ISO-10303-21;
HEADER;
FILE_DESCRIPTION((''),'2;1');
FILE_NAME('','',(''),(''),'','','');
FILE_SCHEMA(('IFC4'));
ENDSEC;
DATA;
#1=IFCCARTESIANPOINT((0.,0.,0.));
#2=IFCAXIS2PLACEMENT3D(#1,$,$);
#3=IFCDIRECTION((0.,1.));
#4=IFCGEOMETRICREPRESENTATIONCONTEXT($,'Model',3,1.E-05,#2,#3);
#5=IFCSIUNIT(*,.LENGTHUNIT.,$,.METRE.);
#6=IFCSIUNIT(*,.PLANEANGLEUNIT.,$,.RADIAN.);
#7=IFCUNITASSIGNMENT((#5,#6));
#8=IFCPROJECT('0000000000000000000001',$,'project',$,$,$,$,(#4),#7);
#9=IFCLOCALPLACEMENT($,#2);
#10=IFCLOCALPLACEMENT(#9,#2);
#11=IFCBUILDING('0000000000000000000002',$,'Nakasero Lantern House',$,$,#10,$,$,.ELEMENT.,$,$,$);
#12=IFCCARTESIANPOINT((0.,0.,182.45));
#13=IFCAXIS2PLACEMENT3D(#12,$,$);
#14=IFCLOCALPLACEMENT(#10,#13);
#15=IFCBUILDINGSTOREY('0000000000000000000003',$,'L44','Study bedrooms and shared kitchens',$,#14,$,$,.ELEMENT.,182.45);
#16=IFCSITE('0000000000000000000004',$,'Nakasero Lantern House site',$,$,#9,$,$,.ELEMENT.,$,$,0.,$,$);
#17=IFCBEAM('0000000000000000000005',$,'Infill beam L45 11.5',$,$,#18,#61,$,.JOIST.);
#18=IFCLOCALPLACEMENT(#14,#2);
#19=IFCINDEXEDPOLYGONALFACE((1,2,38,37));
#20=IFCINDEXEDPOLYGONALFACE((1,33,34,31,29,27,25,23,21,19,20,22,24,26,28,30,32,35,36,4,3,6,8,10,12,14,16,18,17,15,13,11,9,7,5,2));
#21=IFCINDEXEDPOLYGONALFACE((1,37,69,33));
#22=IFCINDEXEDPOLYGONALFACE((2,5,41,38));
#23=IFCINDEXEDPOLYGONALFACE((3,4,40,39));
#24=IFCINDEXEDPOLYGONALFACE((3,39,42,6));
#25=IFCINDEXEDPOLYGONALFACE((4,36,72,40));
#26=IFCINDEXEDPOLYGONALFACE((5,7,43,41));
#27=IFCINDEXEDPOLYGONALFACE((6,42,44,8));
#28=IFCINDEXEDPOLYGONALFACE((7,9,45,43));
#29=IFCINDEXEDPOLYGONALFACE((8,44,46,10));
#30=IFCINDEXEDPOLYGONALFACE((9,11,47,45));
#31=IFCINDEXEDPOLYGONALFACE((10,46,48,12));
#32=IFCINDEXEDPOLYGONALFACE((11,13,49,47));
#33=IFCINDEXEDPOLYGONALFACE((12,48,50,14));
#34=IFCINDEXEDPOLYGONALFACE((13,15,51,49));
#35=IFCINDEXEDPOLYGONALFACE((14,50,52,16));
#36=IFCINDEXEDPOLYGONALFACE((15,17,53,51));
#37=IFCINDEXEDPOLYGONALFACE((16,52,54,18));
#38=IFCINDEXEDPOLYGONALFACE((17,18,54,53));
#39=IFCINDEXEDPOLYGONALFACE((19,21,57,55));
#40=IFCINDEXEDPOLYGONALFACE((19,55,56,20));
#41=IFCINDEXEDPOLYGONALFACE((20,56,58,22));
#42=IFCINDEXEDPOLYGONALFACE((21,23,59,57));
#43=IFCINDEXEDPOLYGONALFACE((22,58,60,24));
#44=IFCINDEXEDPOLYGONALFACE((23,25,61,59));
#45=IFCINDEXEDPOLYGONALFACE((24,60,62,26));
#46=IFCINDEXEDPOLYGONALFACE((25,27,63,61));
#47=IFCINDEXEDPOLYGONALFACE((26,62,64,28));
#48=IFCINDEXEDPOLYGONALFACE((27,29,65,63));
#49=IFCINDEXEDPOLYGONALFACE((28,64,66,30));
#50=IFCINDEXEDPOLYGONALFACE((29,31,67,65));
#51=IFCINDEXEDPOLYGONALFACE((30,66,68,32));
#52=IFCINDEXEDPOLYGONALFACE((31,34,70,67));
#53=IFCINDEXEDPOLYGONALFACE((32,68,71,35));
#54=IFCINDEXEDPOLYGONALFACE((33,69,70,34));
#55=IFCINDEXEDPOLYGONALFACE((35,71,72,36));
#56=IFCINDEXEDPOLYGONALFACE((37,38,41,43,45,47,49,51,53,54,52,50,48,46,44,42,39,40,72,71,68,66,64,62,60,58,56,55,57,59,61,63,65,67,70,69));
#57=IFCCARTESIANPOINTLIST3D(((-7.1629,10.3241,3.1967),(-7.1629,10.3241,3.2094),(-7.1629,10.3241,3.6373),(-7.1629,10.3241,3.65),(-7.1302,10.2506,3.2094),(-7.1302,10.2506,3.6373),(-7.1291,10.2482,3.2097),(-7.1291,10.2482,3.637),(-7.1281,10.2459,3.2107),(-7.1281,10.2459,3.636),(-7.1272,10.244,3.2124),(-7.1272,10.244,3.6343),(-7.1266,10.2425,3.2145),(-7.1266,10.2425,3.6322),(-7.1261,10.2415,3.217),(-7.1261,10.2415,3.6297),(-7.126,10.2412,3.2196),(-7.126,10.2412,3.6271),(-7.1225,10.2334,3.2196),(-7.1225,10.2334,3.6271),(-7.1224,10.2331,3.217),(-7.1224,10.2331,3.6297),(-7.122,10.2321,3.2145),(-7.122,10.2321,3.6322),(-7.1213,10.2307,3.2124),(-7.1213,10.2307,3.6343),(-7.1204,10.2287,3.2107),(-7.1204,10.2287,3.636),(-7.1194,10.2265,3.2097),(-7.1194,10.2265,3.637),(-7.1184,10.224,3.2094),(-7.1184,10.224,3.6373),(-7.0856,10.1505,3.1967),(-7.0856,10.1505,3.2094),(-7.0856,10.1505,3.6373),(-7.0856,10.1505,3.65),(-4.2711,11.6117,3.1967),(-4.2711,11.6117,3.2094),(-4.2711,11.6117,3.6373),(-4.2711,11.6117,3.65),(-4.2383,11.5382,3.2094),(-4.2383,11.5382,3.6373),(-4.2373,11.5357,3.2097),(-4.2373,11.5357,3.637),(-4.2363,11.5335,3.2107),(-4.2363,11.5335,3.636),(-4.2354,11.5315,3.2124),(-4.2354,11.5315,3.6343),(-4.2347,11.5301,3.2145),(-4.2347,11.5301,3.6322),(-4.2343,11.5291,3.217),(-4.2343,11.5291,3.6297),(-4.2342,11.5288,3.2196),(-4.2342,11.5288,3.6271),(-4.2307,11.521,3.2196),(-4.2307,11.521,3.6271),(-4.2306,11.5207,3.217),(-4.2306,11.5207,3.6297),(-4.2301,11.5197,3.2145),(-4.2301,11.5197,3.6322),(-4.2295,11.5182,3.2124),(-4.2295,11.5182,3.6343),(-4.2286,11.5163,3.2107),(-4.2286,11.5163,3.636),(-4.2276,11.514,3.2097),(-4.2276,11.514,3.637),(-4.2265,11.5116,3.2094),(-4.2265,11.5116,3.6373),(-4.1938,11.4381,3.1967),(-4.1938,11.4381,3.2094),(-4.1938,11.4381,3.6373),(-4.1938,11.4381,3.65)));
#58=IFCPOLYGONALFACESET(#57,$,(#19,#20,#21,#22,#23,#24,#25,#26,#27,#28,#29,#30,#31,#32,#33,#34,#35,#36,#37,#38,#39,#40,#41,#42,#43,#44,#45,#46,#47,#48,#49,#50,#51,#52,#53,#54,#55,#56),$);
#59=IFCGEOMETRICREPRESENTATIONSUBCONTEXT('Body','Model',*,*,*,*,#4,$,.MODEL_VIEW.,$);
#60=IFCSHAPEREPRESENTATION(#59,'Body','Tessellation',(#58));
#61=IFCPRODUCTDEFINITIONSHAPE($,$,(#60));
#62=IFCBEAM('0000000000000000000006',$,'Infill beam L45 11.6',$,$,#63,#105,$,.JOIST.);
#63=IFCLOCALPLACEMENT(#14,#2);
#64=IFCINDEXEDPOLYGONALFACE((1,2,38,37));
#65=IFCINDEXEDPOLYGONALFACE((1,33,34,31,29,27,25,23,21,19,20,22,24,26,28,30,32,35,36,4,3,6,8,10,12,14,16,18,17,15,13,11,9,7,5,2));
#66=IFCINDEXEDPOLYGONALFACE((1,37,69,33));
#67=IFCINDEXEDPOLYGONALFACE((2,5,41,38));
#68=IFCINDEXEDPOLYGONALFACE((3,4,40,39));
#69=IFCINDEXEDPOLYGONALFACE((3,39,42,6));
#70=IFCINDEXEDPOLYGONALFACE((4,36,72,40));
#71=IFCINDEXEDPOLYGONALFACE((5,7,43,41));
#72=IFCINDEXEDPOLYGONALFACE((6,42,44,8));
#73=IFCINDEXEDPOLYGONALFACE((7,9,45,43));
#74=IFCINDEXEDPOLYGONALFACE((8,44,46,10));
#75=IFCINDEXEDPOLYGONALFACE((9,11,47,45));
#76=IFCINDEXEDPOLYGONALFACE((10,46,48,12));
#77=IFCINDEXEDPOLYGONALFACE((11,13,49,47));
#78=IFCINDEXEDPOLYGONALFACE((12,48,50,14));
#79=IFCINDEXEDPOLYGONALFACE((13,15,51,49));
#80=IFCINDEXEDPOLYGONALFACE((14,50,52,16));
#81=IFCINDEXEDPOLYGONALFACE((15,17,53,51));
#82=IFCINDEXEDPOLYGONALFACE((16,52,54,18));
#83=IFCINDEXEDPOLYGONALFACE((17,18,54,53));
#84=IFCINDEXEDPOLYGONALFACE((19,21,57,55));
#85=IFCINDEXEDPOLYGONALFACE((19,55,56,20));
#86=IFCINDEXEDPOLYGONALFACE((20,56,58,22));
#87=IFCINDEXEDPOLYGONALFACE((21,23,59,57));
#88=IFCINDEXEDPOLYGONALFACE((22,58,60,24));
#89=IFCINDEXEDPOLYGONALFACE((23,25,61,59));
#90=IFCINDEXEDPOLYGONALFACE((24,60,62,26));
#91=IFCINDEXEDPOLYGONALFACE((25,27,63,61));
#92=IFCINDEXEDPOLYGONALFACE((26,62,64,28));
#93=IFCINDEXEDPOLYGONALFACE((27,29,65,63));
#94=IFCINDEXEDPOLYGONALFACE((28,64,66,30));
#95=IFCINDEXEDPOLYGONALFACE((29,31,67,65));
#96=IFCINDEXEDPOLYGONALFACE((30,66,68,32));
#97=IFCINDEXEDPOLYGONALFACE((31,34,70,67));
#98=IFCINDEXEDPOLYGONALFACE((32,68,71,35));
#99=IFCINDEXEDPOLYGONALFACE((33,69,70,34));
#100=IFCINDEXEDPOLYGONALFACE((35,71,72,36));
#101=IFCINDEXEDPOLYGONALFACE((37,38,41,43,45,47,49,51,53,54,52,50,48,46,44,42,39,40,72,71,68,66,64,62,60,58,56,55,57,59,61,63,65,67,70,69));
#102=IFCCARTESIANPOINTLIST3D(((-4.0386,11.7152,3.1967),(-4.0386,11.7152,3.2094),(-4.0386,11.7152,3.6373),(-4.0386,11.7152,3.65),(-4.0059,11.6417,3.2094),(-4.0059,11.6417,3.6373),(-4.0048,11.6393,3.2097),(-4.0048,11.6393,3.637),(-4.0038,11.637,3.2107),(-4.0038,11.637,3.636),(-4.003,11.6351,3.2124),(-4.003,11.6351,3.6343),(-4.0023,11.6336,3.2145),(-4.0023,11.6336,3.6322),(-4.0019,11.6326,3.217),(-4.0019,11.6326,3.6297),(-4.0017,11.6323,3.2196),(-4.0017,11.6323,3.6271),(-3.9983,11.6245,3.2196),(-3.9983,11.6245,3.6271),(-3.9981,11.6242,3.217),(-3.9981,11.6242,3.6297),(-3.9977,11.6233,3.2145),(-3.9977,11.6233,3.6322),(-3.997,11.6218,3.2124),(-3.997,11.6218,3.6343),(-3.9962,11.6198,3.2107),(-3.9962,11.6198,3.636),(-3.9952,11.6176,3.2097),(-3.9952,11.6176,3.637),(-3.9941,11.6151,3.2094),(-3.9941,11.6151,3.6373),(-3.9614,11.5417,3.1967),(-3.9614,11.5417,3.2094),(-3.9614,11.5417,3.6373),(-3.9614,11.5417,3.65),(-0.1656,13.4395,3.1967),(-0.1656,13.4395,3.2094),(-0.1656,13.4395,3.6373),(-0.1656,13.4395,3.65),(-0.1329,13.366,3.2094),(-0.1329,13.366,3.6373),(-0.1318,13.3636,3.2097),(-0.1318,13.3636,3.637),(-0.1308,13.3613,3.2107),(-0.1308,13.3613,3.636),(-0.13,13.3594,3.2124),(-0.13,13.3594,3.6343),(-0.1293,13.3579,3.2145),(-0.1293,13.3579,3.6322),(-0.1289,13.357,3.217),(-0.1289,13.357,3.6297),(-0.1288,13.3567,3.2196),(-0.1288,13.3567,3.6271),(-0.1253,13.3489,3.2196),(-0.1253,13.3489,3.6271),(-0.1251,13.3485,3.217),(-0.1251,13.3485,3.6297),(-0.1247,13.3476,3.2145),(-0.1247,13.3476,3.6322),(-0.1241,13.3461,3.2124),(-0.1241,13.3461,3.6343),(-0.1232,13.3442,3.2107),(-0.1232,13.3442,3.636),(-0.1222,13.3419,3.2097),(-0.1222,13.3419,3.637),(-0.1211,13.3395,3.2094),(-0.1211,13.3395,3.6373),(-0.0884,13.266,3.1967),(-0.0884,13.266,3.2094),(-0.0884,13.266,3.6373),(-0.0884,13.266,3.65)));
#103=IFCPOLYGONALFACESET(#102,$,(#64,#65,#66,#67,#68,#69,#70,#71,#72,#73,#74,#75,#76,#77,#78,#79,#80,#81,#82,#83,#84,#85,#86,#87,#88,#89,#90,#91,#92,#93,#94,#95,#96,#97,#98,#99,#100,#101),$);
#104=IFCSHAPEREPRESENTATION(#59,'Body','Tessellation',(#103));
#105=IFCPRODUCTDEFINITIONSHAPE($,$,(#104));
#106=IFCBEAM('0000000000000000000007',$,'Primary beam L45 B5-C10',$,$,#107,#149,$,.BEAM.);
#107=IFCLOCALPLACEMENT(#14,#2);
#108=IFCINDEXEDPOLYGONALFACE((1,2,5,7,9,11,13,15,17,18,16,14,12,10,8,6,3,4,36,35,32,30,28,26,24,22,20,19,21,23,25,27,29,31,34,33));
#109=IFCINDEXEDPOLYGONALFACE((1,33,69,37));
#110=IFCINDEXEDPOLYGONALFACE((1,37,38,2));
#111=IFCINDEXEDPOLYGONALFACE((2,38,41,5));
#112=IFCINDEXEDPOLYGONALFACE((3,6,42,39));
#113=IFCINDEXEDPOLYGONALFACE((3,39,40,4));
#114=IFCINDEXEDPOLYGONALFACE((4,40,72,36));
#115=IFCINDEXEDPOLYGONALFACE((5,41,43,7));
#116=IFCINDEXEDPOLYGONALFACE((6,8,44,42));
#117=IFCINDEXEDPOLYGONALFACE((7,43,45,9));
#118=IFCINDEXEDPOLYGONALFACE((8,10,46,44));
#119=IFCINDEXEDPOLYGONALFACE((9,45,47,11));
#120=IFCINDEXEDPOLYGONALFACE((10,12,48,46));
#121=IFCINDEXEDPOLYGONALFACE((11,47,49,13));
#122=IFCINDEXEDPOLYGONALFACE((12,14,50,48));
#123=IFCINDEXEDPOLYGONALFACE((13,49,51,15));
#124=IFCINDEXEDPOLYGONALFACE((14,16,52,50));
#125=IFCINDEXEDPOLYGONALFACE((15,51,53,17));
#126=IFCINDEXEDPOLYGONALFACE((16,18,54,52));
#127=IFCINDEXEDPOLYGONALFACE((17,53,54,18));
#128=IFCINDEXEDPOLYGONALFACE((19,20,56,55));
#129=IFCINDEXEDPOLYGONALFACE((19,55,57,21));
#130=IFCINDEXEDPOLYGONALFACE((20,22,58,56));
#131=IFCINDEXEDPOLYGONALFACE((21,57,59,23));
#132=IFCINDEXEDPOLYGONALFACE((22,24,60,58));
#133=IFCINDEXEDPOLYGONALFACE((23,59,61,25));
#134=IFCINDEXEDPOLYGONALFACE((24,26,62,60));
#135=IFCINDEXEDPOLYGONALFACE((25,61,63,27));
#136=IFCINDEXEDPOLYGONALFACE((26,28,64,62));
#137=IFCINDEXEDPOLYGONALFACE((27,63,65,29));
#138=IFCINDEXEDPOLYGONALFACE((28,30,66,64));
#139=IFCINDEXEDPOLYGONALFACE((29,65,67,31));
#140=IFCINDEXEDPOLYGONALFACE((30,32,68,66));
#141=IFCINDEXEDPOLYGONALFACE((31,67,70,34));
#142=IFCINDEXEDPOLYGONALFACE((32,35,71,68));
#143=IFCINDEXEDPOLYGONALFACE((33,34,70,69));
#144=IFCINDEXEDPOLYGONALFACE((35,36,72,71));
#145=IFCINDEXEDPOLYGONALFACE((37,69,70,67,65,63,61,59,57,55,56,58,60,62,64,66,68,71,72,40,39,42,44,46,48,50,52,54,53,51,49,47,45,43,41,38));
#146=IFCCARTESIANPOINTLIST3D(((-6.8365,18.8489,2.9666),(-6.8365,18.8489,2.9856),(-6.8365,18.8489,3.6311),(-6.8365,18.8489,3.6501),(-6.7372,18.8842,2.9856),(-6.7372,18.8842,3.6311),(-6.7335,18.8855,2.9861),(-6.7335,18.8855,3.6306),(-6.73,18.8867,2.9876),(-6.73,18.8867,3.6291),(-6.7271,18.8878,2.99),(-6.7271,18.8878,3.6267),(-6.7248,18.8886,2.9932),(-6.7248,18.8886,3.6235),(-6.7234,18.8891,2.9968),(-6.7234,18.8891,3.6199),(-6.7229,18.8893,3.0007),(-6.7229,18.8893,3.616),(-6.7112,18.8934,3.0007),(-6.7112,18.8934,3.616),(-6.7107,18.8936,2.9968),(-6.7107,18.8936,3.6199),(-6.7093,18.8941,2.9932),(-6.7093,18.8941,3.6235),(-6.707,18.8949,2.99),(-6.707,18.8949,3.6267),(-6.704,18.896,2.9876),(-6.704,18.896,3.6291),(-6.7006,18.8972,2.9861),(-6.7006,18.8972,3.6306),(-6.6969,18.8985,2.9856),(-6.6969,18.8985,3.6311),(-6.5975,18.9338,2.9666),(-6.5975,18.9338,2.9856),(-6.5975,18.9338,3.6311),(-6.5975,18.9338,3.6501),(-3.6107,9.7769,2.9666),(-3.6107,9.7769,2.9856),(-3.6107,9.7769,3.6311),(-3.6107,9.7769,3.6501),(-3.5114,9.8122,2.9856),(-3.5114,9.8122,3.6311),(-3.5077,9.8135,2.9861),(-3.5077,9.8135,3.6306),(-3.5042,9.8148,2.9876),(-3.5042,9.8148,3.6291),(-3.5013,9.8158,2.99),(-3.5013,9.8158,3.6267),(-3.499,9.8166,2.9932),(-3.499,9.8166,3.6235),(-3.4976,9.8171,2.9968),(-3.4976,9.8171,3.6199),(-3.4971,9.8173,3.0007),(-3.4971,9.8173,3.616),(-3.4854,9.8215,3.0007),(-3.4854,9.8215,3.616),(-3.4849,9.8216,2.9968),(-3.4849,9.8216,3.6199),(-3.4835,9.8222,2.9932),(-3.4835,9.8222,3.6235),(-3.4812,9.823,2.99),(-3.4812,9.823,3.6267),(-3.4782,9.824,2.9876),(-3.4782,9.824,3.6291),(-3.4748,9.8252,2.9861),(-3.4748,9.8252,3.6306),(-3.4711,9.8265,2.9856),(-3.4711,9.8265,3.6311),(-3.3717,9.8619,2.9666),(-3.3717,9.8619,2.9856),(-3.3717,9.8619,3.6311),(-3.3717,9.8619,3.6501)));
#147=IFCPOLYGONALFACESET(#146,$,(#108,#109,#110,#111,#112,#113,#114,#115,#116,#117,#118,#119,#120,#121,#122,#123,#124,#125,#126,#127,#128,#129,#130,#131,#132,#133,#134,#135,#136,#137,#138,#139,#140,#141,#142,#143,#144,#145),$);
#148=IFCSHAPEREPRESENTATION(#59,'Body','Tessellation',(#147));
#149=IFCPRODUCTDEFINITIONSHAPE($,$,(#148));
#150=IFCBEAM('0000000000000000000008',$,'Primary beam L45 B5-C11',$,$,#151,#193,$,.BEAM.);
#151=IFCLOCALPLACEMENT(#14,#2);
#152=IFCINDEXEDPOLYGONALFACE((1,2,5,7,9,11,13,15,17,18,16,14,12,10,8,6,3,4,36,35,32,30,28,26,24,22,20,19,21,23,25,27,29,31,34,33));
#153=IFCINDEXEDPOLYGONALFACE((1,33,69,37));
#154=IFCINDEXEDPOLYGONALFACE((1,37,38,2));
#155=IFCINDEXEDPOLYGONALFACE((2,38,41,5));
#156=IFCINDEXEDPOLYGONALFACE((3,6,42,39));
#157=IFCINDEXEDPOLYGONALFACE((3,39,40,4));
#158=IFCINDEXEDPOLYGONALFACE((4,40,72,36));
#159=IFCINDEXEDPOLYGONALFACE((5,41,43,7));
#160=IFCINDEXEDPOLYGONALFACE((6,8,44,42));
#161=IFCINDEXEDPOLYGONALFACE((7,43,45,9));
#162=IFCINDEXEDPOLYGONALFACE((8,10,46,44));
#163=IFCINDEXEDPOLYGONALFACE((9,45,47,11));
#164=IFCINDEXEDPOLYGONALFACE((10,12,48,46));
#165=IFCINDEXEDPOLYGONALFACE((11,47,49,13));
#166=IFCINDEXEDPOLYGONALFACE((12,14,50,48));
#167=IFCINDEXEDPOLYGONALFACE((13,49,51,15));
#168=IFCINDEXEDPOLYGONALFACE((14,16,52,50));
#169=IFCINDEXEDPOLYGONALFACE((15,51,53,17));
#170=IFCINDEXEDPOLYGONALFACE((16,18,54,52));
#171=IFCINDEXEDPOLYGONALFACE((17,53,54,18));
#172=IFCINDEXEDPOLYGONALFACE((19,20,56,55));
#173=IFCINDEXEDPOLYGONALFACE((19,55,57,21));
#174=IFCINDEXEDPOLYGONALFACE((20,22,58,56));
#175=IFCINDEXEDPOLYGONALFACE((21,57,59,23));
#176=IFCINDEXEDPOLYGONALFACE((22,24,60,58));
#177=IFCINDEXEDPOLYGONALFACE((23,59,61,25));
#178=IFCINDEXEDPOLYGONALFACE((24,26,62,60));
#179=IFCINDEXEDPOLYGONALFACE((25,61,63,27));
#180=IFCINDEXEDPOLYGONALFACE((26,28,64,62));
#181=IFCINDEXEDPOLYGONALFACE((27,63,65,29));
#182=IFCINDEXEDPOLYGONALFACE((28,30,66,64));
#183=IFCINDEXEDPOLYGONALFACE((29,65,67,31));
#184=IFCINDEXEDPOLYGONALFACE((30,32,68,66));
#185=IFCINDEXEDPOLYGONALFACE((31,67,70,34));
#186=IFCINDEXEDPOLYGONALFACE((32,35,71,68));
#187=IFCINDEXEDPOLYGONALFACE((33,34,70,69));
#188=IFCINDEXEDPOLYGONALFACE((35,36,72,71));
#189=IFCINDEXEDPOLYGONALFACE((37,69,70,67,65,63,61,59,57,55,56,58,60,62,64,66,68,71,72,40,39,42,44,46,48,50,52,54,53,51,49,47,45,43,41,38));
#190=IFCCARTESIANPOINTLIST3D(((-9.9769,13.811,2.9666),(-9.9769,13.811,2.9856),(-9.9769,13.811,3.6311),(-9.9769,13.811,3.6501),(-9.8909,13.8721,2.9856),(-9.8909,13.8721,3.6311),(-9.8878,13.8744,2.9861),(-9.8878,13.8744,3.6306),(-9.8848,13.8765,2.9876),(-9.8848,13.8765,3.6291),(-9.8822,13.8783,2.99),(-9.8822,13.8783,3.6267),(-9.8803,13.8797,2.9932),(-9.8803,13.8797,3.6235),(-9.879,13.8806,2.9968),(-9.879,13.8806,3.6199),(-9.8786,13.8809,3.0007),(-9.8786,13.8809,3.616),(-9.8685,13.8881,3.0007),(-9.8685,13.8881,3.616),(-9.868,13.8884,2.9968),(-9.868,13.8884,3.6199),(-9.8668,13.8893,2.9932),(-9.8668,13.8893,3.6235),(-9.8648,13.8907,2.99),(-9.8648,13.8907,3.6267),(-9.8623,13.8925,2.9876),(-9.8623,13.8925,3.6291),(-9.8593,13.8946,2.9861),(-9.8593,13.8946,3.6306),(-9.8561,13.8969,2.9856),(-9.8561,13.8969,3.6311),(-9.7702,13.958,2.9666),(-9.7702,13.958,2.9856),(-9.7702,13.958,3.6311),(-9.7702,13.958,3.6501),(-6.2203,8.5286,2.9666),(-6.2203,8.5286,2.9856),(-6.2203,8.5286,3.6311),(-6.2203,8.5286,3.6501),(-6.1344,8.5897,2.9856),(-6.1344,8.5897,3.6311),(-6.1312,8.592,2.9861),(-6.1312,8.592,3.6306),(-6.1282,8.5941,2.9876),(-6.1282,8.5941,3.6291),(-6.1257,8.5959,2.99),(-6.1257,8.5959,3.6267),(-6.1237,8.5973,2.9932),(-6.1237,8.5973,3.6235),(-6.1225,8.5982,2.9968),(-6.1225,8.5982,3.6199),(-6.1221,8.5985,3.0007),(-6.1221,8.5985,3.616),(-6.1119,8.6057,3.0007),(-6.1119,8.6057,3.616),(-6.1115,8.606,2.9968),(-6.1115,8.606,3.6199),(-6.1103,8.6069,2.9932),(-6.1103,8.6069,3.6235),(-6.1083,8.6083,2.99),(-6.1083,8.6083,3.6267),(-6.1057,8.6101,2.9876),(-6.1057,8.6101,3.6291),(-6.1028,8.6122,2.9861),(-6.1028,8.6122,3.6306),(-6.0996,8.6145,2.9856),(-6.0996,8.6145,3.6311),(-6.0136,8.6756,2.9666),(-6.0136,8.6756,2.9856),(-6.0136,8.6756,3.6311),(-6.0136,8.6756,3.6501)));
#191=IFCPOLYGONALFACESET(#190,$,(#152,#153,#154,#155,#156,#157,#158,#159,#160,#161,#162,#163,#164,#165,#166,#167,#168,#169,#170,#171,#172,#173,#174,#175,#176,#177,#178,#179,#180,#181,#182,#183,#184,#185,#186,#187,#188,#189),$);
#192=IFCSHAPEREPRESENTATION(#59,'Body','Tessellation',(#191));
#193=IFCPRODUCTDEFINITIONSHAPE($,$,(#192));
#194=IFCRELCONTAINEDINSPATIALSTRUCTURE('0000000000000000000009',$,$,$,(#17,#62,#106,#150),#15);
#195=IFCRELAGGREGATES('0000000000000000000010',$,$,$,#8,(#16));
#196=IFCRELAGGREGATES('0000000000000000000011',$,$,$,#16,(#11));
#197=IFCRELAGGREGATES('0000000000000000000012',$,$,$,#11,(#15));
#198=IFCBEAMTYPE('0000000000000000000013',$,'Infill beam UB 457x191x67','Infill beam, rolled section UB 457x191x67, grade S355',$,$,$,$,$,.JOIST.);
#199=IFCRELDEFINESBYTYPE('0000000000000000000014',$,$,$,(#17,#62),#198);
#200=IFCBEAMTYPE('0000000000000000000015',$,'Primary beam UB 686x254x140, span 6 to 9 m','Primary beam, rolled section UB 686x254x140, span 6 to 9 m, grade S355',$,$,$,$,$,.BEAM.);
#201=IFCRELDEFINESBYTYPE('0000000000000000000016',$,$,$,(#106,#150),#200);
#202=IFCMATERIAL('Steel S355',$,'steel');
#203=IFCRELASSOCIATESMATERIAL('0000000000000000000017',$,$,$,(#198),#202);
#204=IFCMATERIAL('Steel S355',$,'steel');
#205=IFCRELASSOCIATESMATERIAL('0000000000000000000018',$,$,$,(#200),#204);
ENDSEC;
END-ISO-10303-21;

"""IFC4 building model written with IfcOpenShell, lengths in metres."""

from ifc_helpers import new_model, si_unit, direction, frame, origin, origin_2d, place, context, subcontext, project, spatial, i_section, extrude, material, material_profile, profile_set, type_object, element, save


model = new_model("IFC4")

# Units and contexts
model_context = context("Model", 3, precision=1e-05, world=origin(), true_north=direction((0.0, 1.0)))
body_context = subcontext(model_context, "Body", "Model", "MODEL_VIEW")
ifc_project = project(units=[si_unit("LENGTHUNIT", "METRE"), si_unit("PLANEANGLEUNIT", "RADIAN")], contexts=[model_context])

# Site, building, storey
site_placement = place(None, origin())
site = spatial("IfcSite", under=ifc_project, at=site_placement, Name="Nakasero Lantern House site", CompositionType="ELEMENT", RefElevation=0.0)
building_placement = place(site_placement, origin())
building = spatial("IfcBuilding", under=site, at=building_placement, Name="Nakasero Lantern House", CompositionType="ELEMENT")
storey_placement = place(building_placement, frame((0.0, 0.0, 182.45)))
storey = spatial("IfcBuildingStorey", under=building, at=storey_placement, Name="L44", Description="Study bedrooms and shared kitchens", CompositionType="ELEMENT", Elevation=182.45)

# Beams
ifc_material_1 = material(Name="Steel S355", Category="steel")
ifc_material_profile_1 = material_profile(ifc_material_1, i_section(OverallWidth=0.1899, OverallDepth=0.4534, WebThickness=0.0085, FlangeThickness=0.0127, FilletRadius=0.0103, at=origin_2d()), Name="UB 457x191x67")
ifc_profile_set_1 = profile_set([ifc_material_profile_1], Name="Steel S355")
beam_type_1 = type_object("IfcBeamType", Name="Infill beam UB 457x191x67", Description="Infill beam, rolled section UB 457x191x67, grade S355", PredefinedType="JOIST", material=ifc_profile_set_1)
beam_1_placement = place(storey_placement, frame((-7.1243, 10.2373, 3.4233), z_axis=(0.913538, 0.406754, 0.0), x_axis=(-0.406754, 0.913538, 0.0)))
element("IfcBeam", 1, at=beam_1_placement, inside=storey, type_object=beam_type_1, Name="Infill beam L45 11.5", PredefinedType="JOIST", context=body_context, shape_type="SweptSolid", body=[
    extrude(i_section(OverallWidth=0.1899, OverallDepth=0.4534, WebThickness=0.0085, FlangeThickness=0.0127, FilletRadius=0.0103, at=origin_2d()), origin(), (0.0, 0.0, 1.0), 3.1655),
])
beam_2_placement = place(storey_placement, frame((-4.0, 11.6284, 3.4233), z_axis=(0.913548, 0.406731, 0.0), x_axis=(-0.406731, 0.913548, 0.0)))
element("IfcBeam", 2, at=beam_2_placement, inside=storey, type_object=beam_type_1, Name="Infill beam L45 11.6", PredefinedType="JOIST", context=body_context, shape_type="SweptSolid", body=[
    extrude(i_section(OverallWidth=0.1899, OverallDepth=0.4534, WebThickness=0.0085, FlangeThickness=0.0127, FilletRadius=0.0103, at=origin_2d()), origin(), (0.0, 0.0, 1.0), 4.2395),
])
ifc_material_2 = material(Name="Steel S355", Category="steel")
ifc_material_profile_2 = material_profile(ifc_material_2, i_section(OverallWidth=0.2537, OverallDepth=0.6836, WebThickness=0.0125, FlangeThickness=0.019, FilletRadius=0.0151, at=origin_2d()), Name="UB 686x254x140")
ifc_profile_set_2 = profile_set([ifc_material_profile_2], Name="Steel S355")
beam_type_2 = type_object("IfcBeamType", Name="Primary beam UB 686x254x140, span 6 to 9 m", Description="Primary beam, rolled section UB 686x254x140, span 6 to 9 m, grade S355", PredefinedType="BEAM", material=ifc_profile_set_2)
beam_3_placement = place(storey_placement, frame((-6.717, 18.8914, 3.3083), z_axis=(0.33503, -0.942207, 0.0), x_axis=(0.942207, 0.33503, 0.0)))
element("IfcBeam", 3, at=beam_3_placement, inside=storey, type_object=beam_type_2, Name="Primary beam L45 B5-C10", PredefinedType="BEAM", context=body_context, shape_type="SweptSolid", body=[
    extrude(i_section(OverallWidth=0.2537, OverallDepth=0.6836, WebThickness=0.0125, FlangeThickness=0.019, FilletRadius=0.0151, at=origin_2d()), origin(), (0.0, 0.0, 1.0), 9.6284),
])
beam_4_placement = place(storey_placement, frame((-9.8735, 13.8845, 3.3083), z_axis=(0.579541, -0.814943, 0.0), x_axis=(0.814943, 0.579541, 0.0)))
element("IfcBeam", 4, at=beam_4_placement, inside=storey, type_object=beam_type_2, Name="Primary beam L45 B5-C11", PredefinedType="BEAM", context=body_context, shape_type="SweptSolid", body=[
    extrude(i_section(OverallWidth=0.2537, OverallDepth=0.6836, WebThickness=0.0125, FlangeThickness=0.019, FilletRadius=0.0151, at=origin_2d()), origin(), (0.0, 0.0, 1.0), 6.4819),
])

save(model, "model.ifc")
